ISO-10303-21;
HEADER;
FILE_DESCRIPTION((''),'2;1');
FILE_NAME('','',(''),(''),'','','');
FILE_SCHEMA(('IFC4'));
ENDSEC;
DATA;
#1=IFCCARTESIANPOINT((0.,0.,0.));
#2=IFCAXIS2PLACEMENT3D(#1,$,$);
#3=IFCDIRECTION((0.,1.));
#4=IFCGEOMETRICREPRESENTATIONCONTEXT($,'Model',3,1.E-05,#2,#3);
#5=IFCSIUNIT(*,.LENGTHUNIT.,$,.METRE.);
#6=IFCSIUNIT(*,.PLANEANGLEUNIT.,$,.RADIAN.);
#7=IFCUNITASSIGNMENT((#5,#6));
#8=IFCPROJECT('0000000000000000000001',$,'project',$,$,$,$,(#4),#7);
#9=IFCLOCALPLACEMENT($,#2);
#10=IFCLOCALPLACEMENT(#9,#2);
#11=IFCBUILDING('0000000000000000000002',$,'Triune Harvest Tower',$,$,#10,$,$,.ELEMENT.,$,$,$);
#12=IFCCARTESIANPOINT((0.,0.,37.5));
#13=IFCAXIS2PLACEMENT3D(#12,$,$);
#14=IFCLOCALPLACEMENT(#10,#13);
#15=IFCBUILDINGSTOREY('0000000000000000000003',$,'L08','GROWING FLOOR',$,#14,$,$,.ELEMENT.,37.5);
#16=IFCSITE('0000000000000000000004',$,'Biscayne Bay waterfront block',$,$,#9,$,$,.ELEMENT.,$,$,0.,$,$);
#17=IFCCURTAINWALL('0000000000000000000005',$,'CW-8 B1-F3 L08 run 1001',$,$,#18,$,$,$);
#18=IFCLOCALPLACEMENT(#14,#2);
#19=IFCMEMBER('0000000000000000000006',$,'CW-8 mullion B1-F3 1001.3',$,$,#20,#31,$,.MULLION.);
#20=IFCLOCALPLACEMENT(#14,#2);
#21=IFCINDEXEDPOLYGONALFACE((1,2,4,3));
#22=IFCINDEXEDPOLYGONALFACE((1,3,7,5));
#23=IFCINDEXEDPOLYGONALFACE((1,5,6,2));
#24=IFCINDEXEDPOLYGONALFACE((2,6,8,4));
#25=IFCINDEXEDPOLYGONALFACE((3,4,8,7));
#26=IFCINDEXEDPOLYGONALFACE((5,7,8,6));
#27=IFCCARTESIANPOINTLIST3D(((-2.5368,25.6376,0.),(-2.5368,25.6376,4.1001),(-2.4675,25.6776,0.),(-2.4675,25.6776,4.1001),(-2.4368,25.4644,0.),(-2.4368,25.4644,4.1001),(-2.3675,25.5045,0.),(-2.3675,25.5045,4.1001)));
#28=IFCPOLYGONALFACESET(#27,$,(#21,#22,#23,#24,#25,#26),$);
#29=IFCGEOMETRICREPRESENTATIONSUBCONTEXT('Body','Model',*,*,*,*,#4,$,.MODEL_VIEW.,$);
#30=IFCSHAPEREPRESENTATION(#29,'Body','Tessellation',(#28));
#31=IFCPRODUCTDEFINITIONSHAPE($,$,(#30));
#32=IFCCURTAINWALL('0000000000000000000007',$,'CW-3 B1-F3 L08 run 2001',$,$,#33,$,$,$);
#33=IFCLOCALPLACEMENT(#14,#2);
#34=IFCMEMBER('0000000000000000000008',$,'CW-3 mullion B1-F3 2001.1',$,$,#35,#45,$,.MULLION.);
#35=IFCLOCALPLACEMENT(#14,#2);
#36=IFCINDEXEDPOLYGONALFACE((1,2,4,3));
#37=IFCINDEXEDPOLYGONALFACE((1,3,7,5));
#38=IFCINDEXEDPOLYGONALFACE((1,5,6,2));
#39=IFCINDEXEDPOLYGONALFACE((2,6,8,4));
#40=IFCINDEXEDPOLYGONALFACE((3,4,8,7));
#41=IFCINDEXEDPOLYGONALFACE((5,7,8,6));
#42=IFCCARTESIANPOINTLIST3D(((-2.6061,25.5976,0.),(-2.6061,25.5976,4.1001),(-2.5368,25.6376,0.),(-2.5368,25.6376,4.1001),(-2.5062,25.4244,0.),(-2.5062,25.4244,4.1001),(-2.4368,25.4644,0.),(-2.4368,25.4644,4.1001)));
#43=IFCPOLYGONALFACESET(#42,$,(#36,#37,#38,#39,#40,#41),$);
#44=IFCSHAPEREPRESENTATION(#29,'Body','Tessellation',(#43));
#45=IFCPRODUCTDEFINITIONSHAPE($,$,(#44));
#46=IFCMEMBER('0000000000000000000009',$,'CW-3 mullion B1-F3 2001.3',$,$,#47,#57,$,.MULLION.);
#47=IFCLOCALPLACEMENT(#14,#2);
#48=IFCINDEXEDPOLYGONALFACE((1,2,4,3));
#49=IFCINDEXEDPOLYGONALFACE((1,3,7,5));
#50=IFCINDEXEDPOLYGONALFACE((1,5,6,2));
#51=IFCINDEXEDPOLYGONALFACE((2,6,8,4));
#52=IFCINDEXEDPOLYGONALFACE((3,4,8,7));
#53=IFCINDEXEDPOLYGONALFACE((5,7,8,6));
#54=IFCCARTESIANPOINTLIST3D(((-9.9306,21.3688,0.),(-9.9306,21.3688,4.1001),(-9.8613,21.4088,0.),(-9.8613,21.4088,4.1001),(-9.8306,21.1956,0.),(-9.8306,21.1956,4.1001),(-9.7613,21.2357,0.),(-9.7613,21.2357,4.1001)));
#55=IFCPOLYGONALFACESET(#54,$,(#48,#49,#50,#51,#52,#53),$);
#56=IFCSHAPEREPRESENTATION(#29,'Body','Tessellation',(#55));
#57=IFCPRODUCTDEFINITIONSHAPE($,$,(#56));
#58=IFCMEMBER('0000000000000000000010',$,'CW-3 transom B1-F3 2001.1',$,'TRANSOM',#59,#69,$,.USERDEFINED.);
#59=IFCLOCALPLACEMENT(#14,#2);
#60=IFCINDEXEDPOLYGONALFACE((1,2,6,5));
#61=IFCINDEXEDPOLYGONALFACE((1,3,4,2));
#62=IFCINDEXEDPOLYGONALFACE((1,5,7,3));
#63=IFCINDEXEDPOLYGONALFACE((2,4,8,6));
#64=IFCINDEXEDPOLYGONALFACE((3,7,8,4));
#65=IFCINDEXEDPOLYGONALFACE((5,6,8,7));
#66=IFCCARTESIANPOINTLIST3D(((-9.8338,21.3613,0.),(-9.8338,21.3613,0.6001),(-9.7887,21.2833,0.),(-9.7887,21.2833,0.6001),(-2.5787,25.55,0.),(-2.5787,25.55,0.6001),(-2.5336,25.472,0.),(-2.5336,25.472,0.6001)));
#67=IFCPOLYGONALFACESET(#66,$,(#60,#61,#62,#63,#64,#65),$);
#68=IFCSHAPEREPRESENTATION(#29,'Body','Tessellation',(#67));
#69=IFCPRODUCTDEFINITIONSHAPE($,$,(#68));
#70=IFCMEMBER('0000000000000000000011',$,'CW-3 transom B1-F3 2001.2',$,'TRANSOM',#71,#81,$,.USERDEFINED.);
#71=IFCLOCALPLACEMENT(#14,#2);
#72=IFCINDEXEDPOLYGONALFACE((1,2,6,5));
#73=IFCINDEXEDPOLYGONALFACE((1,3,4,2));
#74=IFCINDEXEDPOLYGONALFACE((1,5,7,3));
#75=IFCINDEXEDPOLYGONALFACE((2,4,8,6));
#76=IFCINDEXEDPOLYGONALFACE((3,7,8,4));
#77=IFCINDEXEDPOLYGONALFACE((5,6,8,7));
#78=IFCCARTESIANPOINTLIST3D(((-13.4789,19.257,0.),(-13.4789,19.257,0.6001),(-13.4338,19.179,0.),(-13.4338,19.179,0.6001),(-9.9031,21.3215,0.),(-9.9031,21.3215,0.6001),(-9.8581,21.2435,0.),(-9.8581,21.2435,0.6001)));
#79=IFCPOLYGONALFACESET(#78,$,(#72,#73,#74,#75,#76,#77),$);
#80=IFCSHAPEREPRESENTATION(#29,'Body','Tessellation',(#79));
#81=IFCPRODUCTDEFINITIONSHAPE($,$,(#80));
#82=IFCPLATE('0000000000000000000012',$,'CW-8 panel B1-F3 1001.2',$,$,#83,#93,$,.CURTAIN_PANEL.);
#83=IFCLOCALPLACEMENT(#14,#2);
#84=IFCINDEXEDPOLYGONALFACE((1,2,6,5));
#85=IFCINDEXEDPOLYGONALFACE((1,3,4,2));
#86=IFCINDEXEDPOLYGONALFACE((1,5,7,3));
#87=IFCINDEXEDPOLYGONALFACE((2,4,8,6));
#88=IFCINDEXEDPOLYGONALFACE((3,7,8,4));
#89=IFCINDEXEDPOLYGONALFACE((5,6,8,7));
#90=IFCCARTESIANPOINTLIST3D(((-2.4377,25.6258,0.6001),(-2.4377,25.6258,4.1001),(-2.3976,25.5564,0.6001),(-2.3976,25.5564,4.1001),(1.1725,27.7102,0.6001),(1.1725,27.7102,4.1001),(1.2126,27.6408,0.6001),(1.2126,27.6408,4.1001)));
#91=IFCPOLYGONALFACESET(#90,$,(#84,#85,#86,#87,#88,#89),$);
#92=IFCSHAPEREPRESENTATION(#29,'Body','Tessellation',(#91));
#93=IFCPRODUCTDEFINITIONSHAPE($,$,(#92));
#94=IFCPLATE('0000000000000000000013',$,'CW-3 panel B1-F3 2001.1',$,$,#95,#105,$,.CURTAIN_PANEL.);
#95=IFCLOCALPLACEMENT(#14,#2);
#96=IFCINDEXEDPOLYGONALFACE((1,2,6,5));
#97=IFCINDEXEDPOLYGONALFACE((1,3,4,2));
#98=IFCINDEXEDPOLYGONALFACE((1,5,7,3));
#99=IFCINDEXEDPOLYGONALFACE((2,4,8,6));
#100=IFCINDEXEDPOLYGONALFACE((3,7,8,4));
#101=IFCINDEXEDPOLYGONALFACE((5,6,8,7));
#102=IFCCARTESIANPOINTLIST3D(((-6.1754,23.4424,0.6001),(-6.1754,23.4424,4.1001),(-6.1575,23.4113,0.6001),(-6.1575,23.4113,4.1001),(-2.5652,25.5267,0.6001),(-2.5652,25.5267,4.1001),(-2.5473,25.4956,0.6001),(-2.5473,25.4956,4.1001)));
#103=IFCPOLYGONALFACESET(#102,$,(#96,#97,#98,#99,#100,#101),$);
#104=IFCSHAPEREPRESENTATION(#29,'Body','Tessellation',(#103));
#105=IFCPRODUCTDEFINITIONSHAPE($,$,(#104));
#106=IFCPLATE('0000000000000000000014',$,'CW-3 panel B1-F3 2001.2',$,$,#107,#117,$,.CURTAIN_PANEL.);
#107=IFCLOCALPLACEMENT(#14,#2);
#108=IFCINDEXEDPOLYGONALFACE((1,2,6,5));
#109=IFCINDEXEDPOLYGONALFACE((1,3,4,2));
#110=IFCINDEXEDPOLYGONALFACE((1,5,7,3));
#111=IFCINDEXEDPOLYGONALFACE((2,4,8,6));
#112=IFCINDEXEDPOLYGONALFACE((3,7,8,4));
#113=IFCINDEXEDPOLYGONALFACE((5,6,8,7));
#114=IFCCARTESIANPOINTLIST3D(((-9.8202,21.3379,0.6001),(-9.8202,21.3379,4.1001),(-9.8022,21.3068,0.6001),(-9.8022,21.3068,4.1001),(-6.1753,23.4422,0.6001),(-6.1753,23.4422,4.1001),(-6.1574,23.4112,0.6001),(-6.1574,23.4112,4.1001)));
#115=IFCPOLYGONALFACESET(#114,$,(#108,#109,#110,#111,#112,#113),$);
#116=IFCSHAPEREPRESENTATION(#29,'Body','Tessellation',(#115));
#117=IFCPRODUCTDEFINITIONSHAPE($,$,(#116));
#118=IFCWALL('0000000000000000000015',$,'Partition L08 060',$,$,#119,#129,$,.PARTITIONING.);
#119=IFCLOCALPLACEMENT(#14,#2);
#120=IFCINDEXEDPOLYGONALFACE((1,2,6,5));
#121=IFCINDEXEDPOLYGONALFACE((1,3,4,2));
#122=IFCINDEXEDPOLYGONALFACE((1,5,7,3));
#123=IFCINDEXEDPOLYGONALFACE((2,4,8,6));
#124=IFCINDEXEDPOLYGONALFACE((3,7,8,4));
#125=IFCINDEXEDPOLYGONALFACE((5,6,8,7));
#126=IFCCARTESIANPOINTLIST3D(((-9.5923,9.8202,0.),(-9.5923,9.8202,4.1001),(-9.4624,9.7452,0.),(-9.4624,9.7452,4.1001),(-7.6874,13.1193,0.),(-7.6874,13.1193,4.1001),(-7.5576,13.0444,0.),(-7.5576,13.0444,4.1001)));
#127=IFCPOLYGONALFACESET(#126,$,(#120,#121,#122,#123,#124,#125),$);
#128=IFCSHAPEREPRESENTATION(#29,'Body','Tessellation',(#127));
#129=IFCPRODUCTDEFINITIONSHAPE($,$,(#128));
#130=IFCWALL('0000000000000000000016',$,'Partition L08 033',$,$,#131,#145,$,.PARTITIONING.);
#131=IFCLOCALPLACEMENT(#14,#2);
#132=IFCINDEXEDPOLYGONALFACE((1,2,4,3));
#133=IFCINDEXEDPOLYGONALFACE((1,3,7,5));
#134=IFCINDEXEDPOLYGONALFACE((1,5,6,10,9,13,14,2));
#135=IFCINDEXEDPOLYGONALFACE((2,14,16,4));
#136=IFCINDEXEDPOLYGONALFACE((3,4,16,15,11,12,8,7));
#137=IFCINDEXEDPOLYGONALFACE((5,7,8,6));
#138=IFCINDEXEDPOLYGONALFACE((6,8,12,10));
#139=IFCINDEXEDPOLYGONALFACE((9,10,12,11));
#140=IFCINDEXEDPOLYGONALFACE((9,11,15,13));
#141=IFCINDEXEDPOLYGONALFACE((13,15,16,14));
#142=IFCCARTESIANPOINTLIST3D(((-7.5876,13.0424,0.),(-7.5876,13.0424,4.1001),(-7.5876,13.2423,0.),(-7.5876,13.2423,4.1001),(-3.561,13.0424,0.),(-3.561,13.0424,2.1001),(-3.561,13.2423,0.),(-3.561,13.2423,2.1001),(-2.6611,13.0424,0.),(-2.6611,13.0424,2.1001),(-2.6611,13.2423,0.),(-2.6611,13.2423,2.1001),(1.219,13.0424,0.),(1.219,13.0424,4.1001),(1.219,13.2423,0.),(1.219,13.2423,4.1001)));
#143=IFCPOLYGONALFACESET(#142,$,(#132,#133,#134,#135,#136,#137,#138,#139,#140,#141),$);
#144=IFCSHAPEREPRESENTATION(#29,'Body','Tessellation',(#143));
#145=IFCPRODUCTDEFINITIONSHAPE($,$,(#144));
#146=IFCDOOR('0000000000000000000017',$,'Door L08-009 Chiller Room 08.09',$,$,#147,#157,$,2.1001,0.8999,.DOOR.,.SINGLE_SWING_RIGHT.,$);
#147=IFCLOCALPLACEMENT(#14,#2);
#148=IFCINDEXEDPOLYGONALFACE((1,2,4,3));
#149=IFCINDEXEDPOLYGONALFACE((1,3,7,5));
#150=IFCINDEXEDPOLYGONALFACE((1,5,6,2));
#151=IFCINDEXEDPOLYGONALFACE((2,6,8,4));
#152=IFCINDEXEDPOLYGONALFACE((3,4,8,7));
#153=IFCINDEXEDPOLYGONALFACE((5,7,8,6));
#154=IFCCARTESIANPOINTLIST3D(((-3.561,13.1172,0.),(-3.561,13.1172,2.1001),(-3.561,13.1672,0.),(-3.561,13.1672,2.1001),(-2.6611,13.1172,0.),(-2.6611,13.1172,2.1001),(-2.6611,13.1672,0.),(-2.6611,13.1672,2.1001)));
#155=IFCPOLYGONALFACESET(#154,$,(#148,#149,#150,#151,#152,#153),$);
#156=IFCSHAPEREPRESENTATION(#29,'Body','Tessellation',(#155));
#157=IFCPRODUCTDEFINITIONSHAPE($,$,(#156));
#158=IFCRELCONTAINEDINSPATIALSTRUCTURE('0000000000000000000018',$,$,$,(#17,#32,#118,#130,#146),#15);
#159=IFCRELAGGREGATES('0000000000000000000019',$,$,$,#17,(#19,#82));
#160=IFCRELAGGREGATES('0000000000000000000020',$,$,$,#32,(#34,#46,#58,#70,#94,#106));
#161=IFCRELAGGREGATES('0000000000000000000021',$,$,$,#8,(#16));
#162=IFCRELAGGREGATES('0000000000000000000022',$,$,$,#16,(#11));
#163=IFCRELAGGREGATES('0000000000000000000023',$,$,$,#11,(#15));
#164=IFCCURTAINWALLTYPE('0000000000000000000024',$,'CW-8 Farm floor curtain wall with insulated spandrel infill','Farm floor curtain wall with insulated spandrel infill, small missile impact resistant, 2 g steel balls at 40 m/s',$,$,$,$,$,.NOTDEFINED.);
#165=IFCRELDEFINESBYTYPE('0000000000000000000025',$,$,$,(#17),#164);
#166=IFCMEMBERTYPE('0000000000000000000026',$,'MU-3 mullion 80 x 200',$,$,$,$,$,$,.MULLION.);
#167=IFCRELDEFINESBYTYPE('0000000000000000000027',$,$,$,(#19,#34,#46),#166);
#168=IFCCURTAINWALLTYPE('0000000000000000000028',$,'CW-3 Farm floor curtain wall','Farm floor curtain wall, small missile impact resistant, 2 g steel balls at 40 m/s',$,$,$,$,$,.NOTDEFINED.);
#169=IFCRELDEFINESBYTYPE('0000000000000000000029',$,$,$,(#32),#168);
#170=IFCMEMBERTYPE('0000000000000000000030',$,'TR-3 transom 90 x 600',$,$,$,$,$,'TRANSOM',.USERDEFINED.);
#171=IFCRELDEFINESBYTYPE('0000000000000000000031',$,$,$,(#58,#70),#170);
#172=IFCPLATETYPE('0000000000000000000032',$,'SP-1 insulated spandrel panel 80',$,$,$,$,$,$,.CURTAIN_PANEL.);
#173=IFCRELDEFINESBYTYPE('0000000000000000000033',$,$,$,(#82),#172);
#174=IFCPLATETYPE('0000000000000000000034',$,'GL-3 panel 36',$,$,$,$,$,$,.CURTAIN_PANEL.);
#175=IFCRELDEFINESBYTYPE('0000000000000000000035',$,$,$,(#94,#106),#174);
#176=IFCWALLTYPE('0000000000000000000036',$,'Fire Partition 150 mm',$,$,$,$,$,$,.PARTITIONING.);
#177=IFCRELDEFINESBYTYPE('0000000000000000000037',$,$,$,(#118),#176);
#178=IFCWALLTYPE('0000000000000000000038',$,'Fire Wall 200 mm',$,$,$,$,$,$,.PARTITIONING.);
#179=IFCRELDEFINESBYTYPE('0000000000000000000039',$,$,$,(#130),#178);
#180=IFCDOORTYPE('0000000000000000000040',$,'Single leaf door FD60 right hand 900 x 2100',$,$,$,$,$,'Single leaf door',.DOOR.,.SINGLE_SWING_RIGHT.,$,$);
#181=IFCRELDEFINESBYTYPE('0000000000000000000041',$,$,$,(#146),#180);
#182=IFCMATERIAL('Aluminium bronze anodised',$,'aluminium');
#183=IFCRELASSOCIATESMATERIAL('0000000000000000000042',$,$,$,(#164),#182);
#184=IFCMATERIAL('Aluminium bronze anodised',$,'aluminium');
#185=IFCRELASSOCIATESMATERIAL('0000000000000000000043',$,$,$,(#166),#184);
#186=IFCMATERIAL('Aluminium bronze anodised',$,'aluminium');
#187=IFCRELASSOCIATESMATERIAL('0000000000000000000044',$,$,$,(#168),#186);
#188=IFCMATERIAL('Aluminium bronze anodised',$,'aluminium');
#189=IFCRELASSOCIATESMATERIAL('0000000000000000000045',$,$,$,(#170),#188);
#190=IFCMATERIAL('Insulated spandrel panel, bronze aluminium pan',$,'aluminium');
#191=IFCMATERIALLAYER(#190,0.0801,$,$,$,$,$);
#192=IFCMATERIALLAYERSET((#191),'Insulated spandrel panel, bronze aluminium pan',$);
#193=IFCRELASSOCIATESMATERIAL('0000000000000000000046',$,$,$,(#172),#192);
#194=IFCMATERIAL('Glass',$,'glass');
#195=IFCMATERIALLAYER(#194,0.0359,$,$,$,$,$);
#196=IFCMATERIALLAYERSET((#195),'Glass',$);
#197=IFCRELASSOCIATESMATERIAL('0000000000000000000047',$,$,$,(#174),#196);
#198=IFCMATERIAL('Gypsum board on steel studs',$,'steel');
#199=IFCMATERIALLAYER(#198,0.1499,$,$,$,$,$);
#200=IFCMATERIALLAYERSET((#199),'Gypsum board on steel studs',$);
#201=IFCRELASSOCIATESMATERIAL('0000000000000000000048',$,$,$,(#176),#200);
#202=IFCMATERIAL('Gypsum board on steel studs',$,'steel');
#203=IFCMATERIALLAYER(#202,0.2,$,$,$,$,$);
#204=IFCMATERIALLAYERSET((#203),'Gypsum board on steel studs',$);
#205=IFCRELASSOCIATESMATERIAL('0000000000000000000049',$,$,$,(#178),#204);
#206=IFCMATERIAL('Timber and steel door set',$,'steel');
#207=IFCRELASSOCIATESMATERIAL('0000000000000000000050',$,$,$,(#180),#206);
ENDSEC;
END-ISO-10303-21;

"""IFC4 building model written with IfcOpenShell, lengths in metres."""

from ifc_helpers import new_model, si_unit, direction, frame, frame_2d, origin, origin_2d, place, context, subcontext, project, spatial, rectangle, extrude, source, transform, mapped, material, layer, layer_set, material_profile, profile_set, type_object, element, fill, aggregate, save


model = new_model("IFC4")

# Units and contexts
model_context = context("Model", 3, precision=1e-05, world=origin(), true_north=direction((0.0, 1.0)))
body_context = subcontext(model_context, "Body", "Model", "MODEL_VIEW")
ifc_project = project(units=[si_unit("LENGTHUNIT", "METRE"), si_unit("PLANEANGLEUNIT", "RADIAN")], contexts=[model_context])

# Site, building, storey
site_placement = place(None, origin())
site = spatial("IfcSite", under=ifc_project, at=site_placement, Name="Biscayne Bay waterfront block", CompositionType="ELEMENT", RefElevation=0.0)
building_placement = place(site_placement, origin())
building = spatial("IfcBuilding", under=site, at=building_placement, Name="Triune Harvest Tower", CompositionType="ELEMENT")
storey_placement = place(building_placement, frame((0.0, 0.0, 37.5)))
storey = spatial("IfcBuildingStorey", under=building, at=storey_placement, Name="L08", Description="GROWING FLOOR", CompositionType="ELEMENT", Elevation=37.5)

# Curtain wall, member
ifc_material_1 = material(Name="Aluminium bronze anodised", Category="aluminium")
curtain_wall_type_1 = type_object("IfcCurtainWallType", Name="CW-8 Farm floor curtain wall with insulated spandrel infill", Description="Farm floor curtain wall with insulated spandrel infill, small missile impact resistant, 2 g steel balls at 40 m/s", PredefinedType="NOTDEFINED", material=ifc_material_1)
curtain_wall_1_placement = place(storey_placement, origin())
curtain_wall_1 = element("IfcCurtainWall", 1, at=curtain_wall_1_placement, inside=storey, type_object=curtain_wall_type_1, Name="CW-8 B1-F3 L08 run 1001")
ifc_material_2 = material(Name="Aluminium bronze anodised", Category="aluminium")
ifc_material_profile_1 = material_profile(ifc_material_2, rectangle(XDim=0.2, YDim=0.0801, at=origin_2d()), Name="MU-3 mullion 80 x 200")
ifc_profile_set_1 = profile_set([ifc_material_profile_1], Name="Aluminium bronze anodised")
member_type_1 = type_object("IfcMemberType", Name="MU-3 mullion 80 x 200", PredefinedType="MULLION", material=ifc_profile_set_1)
shared_shape_1 = source(origin(), body_context, "Body", "SweptSolid", [
    extrude(rectangle(XDim=0.2, YDim=0.0801, at=origin_2d()), origin(), (0.0, 0.0, 1.0), 4.1001),
])
member_1_placement = place(storey_placement, frame((-2.4521, 25.571, 0.0), z_axis=(0.0, 0.0, 1.0), x_axis=(0.500007, -0.866021, 0.0)))
member_1 = element("IfcMember", 2, at=member_1_placement, type_object=member_type_1, Name="CW-8 mullion B1-F3 1001.3", PredefinedType="MULLION", context=body_context, shape_type="MappedRepresentation", body=[
    mapped(shared_shape_1, transform((0.0, 0.0, 0.0), scale=1.0)),
])

# Curtain wall, members
ifc_material_3 = material(Name="Aluminium bronze anodised", Category="aluminium")
curtain_wall_type_2 = type_object("IfcCurtainWallType", Name="CW-3 Farm floor curtain wall", Description="Farm floor curtain wall, small missile impact resistant, 2 g steel balls at 40 m/s", PredefinedType="NOTDEFINED", material=ifc_material_3)
curtain_wall_2_placement = place(storey_placement, origin())
curtain_wall_2 = element("IfcCurtainWall", 3, at=curtain_wall_2_placement, inside=storey, type_object=curtain_wall_type_2, Name="CW-3 B1-F3 L08 run 2001")
member_2_placement = place(storey_placement, frame((-2.5215, 25.531, 0.0), z_axis=(0.0, 0.0, 1.0), x_axis=(0.499998, -0.866027, 0.0)))
member_2 = element("IfcMember", 4, at=member_2_placement, type_object=member_type_1, Name="CW-3 mullion B1-F3 2001.1", PredefinedType="MULLION", context=body_context, shape_type="MappedRepresentation", body=[
    mapped(shared_shape_1, transform((0.0, 0.0, 0.0), scale=1.0)),
])
member_3_placement = place(storey_placement, frame((-9.8459, 21.3022, 0.0), z_axis=(0.0, 0.0, 1.0), x_axis=(0.499998, -0.866027, 0.0)))
member_3 = element("IfcMember", 5, at=member_3_placement, type_object=member_type_1, Name="CW-3 mullion B1-F3 2001.3", PredefinedType="MULLION", context=body_context, shape_type="MappedRepresentation", body=[
    mapped(shared_shape_1, transform((0.0, 0.0, 0.0), scale=1.0)),
])
ifc_material_4 = material(Name="Aluminium bronze anodised", Category="aluminium")
ifc_material_profile_2 = material_profile(ifc_material_4, rectangle(XDim=0.0901, YDim=0.6001, at=origin_2d()), Name="TR-3 transom 90 x 600")
ifc_profile_set_2 = profile_set([ifc_material_profile_2], Name="Aluminium bronze anodised")
member_type_2 = type_object("IfcMemberType", Name="TR-3 transom 90 x 600", ElementType="TRANSOM", PredefinedType="USERDEFINED", material=ifc_profile_set_2)
shared_shape_2 = source(origin(), body_context, "Body", "SweptSolid", [
    extrude(rectangle(XDim=0.0901, YDim=0.6001, at=origin_2d()), origin(), (0.0, 0.0, 1.0), 8.3774),
])
member_4_placement = place(storey_placement, frame((-2.5562, 25.511, 0.3), z_axis=(-0.866027, -0.499997, 0.0), x_axis=(0.499997, -0.866027, 0.0)))
member_4 = element("IfcMember", 6, at=member_4_placement, type_object=member_type_2, Name="CW-3 transom B1-F3 2001.1", ObjectType="TRANSOM", PredefinedType="USERDEFINED", context=body_context, shape_type="MappedRepresentation", body=[
    mapped(shared_shape_2, transform((0.0, 0.0, 0.0), scale=1.0)),
])
shared_shape_3 = source(origin(), body_context, "Body", "SweptSolid", [
    extrude(rectangle(XDim=0.0901, YDim=0.6001, at=origin_2d()), origin(), (0.0, 0.0, 1.0), 4.1289),
])
member_5_placement = place(storey_placement, frame((-9.8806, 21.2825, 0.3), z_axis=(-0.866022, -0.500006, 0.0), x_axis=(0.500006, -0.866022, 0.0)))
member_5 = element("IfcMember", 7, at=member_5_placement, type_object=member_type_2, Name="CW-3 transom B1-F3 2001.2", ObjectType="TRANSOM", PredefinedType="USERDEFINED", context=body_context, shape_type="MappedRepresentation", body=[
    mapped(shared_shape_3, transform((0.0, 0.0, 0.0), scale=1.0)),
])

# Plates
ifc_material_5 = material(Name="Insulated spandrel panel, bronze aluminium pan", Category="aluminium")
ifc_layer_1 = layer(ifc_material_5, 0.0801)
ifc_layer_set_1 = layer_set([ifc_layer_1], Name="Insulated spandrel panel, bronze aluminium pan")
plate_type_1 = type_object("IfcPlateType", Name="SP-1 insulated spandrel panel 80", PredefinedType="CURTAIN_PANEL", material=ifc_layer_set_1)
shared_shape_4 = source(origin(), body_context, "Body", "SweptSolid", [
    extrude(rectangle(XDim=4.1687, YDim=0.0801, at=origin_2d()), origin(), (0.0, 0.0, 1.0), 3.5),
])
plate_1_placement = place(storey_placement, frame((-0.6125, 26.6333, 0.6001), z_axis=(0.0, 0.0, 1.0), x_axis=(-0.866021, -0.500007, 0.0)))
plate_1 = element("IfcPlate", 8, at=plate_1_placement, type_object=plate_type_1, Name="CW-8 panel B1-F3 1001.2", PredefinedType="CURTAIN_PANEL", context=body_context, shape_type="MappedRepresentation", body=[
    mapped(shared_shape_4, transform((0.0, 0.0, 0.0), scale=1.0)),
])
aggregate(curtain_wall_1, [member_1, plate_1])
ifc_material_6 = material(Name="Glass", Category="glass")
ifc_layer_2 = layer(ifc_material_6, 0.0359)
ifc_layer_set_2 = layer_set([ifc_layer_2], Name="Glass")
plate_type_2 = type_object("IfcPlateType", Name="GL-3 panel 36", PredefinedType="CURTAIN_PANEL", material=ifc_layer_set_2)
shared_shape_5 = source(origin(), body_context, "Body", "SweptSolid", [
    extrude(rectangle(XDim=4.1687, YDim=0.0359, at=origin_2d()), origin(), (0.0, 0.0, 1.0), 3.5),
])
plate_2_placement = place(storey_placement, frame((-4.3613, 24.469, 0.6001), z_axis=(0.0, 0.0, 1.0), x_axis=(-0.866027, -0.499998, 0.0)))
plate_2 = element("IfcPlate", 9, at=plate_2_placement, type_object=plate_type_2, Name="CW-3 panel B1-F3 2001.1", PredefinedType="CURTAIN_PANEL", context=body_context, shape_type="MappedRepresentation", body=[
    mapped(shared_shape_5, transform((0.0, 0.0, 0.0), scale=1.0)),
])
shared_shape_6 = source(origin(), body_context, "Body", "SweptSolid", [
    extrude(rectangle(XDim=4.2087, YDim=0.0359, at=origin_2d()), origin(), (0.0, 0.0, 1.0), 3.5),
])
plate_3_placement = place(storey_placement, frame((-7.9888, 22.3745, 0.6001), z_axis=(0.0, 0.0, 1.0), x_axis=(-0.866027, -0.499998, 0.0)))
plate_3 = element("IfcPlate", 10, at=plate_3_placement, type_object=plate_type_2, Name="CW-3 panel B1-F3 2001.2", PredefinedType="CURTAIN_PANEL", context=body_context, shape_type="MappedRepresentation", body=[
    mapped(shared_shape_6, transform((0.0, 0.0, 0.0), scale=1.0)),
])
aggregate(curtain_wall_2, [member_2, member_3, member_4, member_5, plate_2, plate_3])

# Wall
ifc_material_7 = material(Name="Gypsum board on steel studs", Category="steel")
ifc_layer_3 = layer(ifc_material_7, 0.1499)
ifc_layer_set_3 = layer_set([ifc_layer_3], Name="Gypsum board on steel studs")
wall_type_1 = type_object("IfcWallType", Name="Fire Partition 150 mm", PredefinedType="PARTITIONING", material=ifc_layer_set_3)
wall_1_placement = place(storey_placement, frame((-9.5273, 9.7827, 0.0), z_axis=(0.0, 0.0, 1.0), x_axis=(0.500013, 0.866018, 0.0)))
element("IfcWall", 11, at=wall_1_placement, inside=storey, type_object=wall_type_1, Name="Partition L08 060", PredefinedType="PARTITIONING", context=body_context, shape_type="SweptSolid", body=[
    extrude(rectangle(XDim=3.8096, YDim=0.1499, at=frame_2d((1.9048, 0.0))), origin(), (0.0, 0.0, 1.0), 4.1001),
])

# Wall, opening, door
ifc_material_8 = material(Name="Gypsum board on steel studs", Category="steel")
ifc_layer_4 = layer(ifc_material_8, 0.2)
ifc_layer_set_4 = layer_set([ifc_layer_4], Name="Gypsum board on steel studs")
wall_type_2 = type_object("IfcWallType", Name="Fire Wall 200 mm", PredefinedType="PARTITIONING", material=ifc_layer_set_4)
wall_2_placement = place(storey_placement, frame((-7.5876, 13.1423, 0.0), z_axis=(0.0, 0.0, 1.0), x_axis=(1.0, 0.0, 0.0)))
wall_2 = element("IfcWall", 12, at=wall_2_placement, inside=storey, type_object=wall_type_2, Name="Partition L08 033", PredefinedType="PARTITIONING", context=body_context, shape_type="SweptSolid", body=[
    extrude(rectangle(XDim=8.8066, YDim=0.2, at=frame_2d((4.4033, 0.0))), origin(), (0.0, 0.0, 1.0), 4.1001),
])
opening_1_placement = place(wall_2_placement, frame((4.0266, 0.0, 0.0)))
opening_1 = element("IfcOpeningElement", 13, at=opening_1_placement, cuts=wall_2, PredefinedType="OPENING", context=body_context, shape_type="SweptSolid", body=[
    extrude(rectangle(XDim=0.8999, YDim=2.1001, at=frame_2d((0.45, 1.05))), frame((0.0, 0.1099, 0.0), z_axis=(0.0, -1.0, 0.0), x_axis=(1.0, 0.0, 0.0)), (0.0, 0.0, 1.0), 0.22),
])
ifc_material_9 = material(Name="Timber and steel door set", Category="steel")
door_type_1 = type_object("IfcDoorType", Name="Single leaf door FD60 right hand 900 x 2100", ElementType="Single leaf door", OperationType="SINGLE_SWING_RIGHT", PredefinedType="DOOR", material=ifc_material_9)
door_1_placement = place(opening_1_placement, origin())
door_1 = element("IfcDoor", 14, at=door_1_placement, inside=storey, type_object=door_type_1, Name="Door L08-009 Chiller Room 08.09", OperationType="SINGLE_SWING_RIGHT", OverallHeight=2.1001, OverallWidth=0.8999, PredefinedType="DOOR", context=body_context, shape_type="SweptSolid", body=[
    extrude(rectangle(XDim=0.8999, YDim=2.1001, at=frame_2d((0.45, 1.05))), frame((0.0, 0.0249, 0.0), z_axis=(0.0, -1.0, 0.0), x_axis=(1.0, 0.0, 0.0)), (0.0, 0.0, 1.0), 0.05),
])
fill(opening_1, door_1)

save(model, "model.ifc")
